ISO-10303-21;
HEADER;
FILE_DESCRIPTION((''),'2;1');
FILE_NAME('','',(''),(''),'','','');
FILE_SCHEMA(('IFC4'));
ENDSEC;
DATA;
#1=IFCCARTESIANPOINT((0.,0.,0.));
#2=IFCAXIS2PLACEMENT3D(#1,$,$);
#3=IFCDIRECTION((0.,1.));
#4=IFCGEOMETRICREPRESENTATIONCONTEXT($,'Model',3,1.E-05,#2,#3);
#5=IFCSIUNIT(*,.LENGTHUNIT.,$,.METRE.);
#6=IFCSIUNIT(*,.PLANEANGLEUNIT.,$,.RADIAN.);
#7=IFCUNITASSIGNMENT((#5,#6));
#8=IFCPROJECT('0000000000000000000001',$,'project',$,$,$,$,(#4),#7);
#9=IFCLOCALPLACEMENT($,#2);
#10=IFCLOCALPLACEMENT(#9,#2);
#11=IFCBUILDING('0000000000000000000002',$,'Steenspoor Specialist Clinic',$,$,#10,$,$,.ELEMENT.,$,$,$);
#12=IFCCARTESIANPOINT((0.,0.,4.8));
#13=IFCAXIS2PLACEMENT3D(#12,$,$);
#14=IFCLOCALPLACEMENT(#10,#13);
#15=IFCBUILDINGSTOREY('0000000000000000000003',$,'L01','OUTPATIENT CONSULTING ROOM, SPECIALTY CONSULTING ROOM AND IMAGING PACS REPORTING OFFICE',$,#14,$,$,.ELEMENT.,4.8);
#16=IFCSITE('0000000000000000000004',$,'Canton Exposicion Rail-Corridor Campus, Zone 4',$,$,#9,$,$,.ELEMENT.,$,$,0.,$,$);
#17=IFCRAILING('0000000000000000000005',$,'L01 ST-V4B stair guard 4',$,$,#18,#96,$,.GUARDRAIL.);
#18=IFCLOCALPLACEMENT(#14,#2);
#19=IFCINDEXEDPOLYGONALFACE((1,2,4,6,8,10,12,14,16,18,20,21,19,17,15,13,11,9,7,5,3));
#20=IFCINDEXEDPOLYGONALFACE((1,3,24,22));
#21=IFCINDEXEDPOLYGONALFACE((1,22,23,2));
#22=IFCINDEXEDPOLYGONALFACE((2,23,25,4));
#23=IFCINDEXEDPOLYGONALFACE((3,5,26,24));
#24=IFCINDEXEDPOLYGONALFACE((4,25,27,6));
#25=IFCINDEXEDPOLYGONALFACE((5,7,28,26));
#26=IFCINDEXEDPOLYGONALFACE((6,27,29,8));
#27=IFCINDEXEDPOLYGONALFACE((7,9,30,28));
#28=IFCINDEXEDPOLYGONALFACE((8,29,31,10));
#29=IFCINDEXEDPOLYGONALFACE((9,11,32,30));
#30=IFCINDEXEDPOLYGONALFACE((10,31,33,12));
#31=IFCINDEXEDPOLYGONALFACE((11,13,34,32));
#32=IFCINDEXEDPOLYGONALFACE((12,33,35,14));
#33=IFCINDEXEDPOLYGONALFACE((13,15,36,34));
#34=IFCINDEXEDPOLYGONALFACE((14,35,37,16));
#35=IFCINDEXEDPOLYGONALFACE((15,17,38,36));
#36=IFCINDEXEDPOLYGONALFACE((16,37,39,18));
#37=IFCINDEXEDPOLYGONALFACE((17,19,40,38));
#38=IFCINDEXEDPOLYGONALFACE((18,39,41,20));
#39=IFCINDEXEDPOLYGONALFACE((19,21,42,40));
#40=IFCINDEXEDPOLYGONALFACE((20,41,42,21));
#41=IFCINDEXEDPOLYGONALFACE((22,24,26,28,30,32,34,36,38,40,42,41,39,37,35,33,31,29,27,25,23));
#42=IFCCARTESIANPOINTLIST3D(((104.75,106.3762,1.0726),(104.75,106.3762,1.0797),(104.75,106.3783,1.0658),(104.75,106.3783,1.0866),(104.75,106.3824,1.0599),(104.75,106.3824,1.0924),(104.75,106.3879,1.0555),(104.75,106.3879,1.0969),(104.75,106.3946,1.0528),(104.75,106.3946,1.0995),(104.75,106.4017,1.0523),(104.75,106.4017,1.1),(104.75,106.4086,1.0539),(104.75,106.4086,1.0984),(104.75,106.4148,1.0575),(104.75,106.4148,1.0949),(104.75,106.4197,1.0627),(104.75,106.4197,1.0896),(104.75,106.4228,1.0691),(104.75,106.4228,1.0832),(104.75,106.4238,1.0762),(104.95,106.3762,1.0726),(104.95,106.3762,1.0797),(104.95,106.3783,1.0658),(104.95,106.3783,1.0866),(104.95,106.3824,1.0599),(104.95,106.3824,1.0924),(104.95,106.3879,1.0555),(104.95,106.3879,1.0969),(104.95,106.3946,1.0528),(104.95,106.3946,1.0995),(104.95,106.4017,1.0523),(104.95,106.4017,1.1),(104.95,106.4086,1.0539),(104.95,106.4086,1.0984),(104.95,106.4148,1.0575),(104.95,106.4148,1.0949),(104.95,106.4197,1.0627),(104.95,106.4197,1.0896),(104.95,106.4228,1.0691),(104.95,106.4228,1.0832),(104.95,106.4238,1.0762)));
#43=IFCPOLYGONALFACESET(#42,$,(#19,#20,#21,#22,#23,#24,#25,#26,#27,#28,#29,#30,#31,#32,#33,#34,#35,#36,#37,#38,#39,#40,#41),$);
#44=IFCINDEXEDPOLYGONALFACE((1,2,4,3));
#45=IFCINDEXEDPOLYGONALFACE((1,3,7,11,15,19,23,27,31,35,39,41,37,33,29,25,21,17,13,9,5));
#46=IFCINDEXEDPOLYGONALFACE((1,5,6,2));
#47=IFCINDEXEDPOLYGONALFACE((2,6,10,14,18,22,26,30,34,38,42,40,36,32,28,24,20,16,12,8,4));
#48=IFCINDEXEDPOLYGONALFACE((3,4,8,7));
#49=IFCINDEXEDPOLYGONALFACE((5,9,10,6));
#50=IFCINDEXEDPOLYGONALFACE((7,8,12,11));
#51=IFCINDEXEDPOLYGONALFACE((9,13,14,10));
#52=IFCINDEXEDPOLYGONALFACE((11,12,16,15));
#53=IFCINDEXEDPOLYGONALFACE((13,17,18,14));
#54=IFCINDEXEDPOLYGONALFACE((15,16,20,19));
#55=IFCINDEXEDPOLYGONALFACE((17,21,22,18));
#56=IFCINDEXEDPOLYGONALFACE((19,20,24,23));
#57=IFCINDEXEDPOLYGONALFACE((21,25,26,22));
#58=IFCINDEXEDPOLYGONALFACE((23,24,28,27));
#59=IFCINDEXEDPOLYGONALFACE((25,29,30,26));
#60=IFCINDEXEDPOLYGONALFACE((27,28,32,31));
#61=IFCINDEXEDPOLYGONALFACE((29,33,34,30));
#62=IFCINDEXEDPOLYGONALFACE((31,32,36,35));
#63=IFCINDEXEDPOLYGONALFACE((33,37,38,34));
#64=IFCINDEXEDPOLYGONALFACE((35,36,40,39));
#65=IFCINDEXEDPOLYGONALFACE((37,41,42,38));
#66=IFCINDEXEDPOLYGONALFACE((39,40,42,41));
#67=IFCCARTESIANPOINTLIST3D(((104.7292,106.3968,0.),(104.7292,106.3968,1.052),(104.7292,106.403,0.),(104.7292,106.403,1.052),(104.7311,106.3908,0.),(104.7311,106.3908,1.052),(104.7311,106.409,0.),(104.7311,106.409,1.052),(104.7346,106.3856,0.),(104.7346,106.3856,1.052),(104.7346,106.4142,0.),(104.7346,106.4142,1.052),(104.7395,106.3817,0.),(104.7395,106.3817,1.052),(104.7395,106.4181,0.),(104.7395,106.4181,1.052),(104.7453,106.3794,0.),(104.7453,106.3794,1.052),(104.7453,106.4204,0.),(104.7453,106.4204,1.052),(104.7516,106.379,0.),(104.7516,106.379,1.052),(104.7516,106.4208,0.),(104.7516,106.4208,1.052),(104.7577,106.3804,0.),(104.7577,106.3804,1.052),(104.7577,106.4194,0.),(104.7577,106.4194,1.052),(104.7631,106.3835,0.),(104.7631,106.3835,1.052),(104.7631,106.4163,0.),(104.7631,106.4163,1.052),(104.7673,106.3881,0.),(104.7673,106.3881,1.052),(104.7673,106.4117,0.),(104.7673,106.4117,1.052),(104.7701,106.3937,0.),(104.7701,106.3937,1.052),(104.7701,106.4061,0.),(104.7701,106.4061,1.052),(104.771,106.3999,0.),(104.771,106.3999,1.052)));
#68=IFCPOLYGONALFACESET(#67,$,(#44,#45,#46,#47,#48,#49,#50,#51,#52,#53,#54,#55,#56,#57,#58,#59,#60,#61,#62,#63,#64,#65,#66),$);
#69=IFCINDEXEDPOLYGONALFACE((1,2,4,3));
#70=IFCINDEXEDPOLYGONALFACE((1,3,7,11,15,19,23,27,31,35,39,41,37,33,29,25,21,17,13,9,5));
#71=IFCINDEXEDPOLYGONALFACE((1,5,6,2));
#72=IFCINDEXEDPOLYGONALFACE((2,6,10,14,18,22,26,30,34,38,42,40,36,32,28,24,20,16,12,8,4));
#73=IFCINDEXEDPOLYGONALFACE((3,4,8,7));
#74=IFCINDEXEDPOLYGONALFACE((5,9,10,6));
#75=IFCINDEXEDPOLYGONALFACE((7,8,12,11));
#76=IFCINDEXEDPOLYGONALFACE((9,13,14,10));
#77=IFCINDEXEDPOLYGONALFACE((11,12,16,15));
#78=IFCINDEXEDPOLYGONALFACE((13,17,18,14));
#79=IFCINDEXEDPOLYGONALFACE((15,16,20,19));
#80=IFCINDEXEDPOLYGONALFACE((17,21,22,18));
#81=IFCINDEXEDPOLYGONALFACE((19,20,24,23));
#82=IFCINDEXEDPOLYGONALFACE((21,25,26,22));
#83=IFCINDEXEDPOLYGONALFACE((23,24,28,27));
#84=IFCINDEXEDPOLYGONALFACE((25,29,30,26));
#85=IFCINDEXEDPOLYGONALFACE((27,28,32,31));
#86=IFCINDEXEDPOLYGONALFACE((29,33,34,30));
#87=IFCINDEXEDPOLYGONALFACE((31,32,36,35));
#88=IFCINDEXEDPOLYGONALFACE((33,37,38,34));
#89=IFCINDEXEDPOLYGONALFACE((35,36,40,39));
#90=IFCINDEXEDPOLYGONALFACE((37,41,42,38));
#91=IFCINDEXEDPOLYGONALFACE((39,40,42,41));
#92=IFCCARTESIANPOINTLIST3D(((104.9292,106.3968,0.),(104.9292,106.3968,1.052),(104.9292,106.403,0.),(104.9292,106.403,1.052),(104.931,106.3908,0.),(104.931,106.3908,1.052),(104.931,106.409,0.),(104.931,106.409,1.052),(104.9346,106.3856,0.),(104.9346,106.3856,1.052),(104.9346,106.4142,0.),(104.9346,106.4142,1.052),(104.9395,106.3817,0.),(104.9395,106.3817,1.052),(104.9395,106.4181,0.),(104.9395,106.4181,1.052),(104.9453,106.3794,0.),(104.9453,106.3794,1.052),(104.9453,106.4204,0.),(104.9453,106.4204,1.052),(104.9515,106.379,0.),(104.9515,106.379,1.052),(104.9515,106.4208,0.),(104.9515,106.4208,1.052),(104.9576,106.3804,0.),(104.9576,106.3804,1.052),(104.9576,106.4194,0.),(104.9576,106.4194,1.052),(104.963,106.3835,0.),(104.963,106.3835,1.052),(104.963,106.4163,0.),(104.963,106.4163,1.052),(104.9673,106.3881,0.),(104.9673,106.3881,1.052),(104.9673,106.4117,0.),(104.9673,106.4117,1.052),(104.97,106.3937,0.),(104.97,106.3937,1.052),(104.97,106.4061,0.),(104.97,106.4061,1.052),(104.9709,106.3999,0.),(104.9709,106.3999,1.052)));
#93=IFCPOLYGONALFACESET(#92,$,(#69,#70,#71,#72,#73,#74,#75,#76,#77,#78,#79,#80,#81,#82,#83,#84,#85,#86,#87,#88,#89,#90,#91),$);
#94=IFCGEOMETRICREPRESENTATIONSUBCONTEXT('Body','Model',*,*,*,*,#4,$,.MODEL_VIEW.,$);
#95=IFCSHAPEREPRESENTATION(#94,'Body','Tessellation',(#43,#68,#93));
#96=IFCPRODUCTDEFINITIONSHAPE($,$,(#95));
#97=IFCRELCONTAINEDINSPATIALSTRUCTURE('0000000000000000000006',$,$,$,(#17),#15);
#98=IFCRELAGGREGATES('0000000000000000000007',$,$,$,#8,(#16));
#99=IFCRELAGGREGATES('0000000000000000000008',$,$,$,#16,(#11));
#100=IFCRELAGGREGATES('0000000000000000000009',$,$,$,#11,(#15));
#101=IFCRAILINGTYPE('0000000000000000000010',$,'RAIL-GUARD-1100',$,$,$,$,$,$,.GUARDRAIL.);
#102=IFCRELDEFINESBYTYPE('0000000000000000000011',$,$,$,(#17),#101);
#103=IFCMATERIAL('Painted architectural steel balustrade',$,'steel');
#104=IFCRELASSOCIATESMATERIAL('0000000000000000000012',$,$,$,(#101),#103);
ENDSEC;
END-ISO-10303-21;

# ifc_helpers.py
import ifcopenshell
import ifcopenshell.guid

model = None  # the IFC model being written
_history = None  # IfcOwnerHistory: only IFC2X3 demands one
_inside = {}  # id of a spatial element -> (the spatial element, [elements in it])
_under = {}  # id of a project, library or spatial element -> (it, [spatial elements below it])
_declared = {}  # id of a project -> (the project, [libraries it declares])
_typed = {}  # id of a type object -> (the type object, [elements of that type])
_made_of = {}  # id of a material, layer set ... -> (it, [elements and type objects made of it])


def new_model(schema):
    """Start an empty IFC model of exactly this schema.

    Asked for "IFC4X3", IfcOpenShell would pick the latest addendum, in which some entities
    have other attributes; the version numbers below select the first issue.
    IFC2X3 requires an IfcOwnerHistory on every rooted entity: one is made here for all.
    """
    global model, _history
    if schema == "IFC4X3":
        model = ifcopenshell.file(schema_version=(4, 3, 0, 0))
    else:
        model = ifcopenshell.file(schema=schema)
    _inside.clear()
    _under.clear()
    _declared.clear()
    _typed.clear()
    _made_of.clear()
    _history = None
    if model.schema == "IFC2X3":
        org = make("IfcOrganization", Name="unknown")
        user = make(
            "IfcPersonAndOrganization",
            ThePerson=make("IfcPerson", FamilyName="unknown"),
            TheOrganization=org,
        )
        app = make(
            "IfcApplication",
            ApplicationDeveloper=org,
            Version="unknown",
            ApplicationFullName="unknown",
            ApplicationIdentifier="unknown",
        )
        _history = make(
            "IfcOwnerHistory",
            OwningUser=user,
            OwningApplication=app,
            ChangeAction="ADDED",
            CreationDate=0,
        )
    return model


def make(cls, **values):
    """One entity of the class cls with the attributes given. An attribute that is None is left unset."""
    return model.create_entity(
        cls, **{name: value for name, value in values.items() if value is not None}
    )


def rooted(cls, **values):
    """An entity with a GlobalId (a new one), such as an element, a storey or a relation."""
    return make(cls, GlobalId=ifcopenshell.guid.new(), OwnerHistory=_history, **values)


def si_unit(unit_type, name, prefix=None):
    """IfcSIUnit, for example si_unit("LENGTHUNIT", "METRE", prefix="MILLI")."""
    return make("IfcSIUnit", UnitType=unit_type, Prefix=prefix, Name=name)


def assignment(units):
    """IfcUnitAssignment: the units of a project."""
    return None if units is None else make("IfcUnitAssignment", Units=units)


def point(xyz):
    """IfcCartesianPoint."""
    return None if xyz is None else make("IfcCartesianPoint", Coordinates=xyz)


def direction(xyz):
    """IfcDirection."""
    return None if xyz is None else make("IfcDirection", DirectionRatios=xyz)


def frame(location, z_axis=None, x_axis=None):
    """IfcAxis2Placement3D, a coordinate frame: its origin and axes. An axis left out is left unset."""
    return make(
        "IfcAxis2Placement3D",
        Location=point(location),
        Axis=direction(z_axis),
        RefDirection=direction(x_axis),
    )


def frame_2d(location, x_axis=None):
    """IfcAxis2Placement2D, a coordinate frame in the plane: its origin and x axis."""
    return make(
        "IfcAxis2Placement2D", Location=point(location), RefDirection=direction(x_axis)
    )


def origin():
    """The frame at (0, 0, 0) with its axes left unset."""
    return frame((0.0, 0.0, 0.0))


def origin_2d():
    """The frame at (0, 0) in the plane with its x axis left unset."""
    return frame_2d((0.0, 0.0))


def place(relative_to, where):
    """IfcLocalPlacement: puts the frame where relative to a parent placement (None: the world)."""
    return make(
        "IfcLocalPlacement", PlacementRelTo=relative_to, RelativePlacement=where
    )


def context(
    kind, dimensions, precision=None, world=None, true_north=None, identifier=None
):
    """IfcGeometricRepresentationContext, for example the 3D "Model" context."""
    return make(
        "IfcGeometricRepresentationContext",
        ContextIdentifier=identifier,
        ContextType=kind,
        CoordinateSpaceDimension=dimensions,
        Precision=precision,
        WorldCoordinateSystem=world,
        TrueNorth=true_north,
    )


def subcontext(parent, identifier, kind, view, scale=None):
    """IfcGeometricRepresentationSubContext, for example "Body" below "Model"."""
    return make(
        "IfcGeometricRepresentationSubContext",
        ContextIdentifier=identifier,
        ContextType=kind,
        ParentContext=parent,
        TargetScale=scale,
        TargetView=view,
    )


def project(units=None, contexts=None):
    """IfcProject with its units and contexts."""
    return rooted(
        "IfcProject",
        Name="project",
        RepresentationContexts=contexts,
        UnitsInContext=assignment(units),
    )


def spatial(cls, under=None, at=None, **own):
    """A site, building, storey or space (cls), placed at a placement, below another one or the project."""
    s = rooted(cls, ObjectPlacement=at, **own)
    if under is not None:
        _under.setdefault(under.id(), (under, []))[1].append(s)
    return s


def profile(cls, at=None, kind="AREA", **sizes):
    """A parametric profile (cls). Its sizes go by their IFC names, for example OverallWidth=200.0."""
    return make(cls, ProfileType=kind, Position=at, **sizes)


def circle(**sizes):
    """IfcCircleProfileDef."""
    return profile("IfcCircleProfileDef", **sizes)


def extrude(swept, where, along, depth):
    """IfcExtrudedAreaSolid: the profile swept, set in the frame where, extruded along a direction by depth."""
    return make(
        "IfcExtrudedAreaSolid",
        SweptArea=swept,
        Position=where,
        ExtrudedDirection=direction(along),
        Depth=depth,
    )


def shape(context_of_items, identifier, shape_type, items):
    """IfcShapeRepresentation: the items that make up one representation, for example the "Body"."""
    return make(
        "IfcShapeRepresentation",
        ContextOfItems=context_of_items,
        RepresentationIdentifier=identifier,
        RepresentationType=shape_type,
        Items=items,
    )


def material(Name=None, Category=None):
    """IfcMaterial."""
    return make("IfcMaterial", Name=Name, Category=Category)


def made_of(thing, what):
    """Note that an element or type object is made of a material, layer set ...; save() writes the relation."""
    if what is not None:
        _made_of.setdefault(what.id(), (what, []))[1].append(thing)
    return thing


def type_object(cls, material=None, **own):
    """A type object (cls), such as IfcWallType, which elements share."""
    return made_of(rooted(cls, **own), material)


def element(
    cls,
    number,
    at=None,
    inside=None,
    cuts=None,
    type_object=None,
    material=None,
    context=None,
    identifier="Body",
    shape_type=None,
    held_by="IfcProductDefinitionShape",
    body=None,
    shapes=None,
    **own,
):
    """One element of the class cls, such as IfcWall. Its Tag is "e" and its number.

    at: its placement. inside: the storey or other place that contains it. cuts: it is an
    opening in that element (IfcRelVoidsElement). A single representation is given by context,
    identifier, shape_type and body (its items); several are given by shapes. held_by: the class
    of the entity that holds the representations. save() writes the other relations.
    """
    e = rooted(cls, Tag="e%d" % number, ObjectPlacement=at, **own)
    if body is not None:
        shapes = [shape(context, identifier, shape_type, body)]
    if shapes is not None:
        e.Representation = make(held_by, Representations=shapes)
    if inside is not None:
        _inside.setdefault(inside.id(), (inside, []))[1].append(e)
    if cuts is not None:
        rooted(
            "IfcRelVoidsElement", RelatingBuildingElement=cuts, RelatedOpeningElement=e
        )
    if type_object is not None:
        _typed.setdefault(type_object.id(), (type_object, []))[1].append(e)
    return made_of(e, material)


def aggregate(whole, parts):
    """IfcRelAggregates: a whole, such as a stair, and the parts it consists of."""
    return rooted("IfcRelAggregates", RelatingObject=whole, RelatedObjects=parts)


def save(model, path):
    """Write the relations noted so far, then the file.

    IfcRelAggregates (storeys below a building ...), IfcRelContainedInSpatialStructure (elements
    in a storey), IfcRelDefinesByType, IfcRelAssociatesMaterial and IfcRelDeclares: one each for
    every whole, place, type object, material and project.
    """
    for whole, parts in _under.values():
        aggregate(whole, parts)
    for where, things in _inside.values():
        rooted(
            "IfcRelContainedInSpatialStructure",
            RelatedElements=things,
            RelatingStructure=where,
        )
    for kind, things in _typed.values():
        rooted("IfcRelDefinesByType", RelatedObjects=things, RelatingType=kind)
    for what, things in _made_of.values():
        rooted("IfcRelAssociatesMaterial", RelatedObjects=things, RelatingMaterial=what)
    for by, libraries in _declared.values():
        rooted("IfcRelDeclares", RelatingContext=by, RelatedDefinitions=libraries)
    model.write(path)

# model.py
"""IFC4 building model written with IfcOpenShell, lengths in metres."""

from ifc_helpers import new_model, si_unit, direction, frame, origin, origin_2d, place, context, subcontext, project, spatial, circle, extrude, material, type_object, element, save


model = new_model("IFC4")

# Units and contexts
model_context = context("Model", 3, precision=1e-05, world=origin(), true_north=direction((0.0, 1.0)))
body_context = subcontext(model_context, "Body", "Model", "MODEL_VIEW")
ifc_project = project(units=[si_unit("LENGTHUNIT", "METRE"), si_unit("PLANEANGLEUNIT", "RADIAN")], contexts=[model_context])

# Site, building, storey
site_placement = place(None, origin())
site = spatial("IfcSite", under=ifc_project, at=site_placement, Name="Canton Exposicion Rail-Corridor Campus, Zone 4", CompositionType="ELEMENT", RefElevation=0.0)
building_placement = place(site_placement, origin())
building = spatial("IfcBuilding", under=site, at=building_placement, Name="Steenspoor Specialist Clinic", CompositionType="ELEMENT")
storey_placement = place(building_placement, frame((0.0, 0.0, 4.8)))
storey = spatial("IfcBuildingStorey", under=building, at=storey_placement, Name="L01", Description="OUTPATIENT CONSULTING ROOM, SPECIALTY CONSULTING ROOM AND IMAGING PACS REPORTING OFFICE", CompositionType="ELEMENT", Elevation=4.8)

# Railing
ifc_material_1 = material(Name="Painted architectural steel balustrade", Category="steel")
railing_type_1 = type_object("IfcRailingType", Name="RAIL-GUARD-1100", PredefinedType="GUARDRAIL", material=ifc_material_1)
railing_1_placement = place(storey_placement, frame((104.75, 106.3999, 0.0)))
element("IfcRailing", 1, at=railing_1_placement, inside=storey, type_object=railing_type_1, Name="L01 ST-V4B stair guard 4", PredefinedType="GUARDRAIL", context=body_context, shape_type="SweptSolid", body=[
    extrude(circle(Radius=0.0239, at=origin_2d()), frame((0.0, 0.0, 1.0762), z_axis=(1.0, 0.0, 0.0), x_axis=(0.0, 1.0, 0.0)), (0.0, 0.0, 1.0), 0.2),
    extrude(circle(Radius=0.021, at=origin_2d()), origin(), (0.0, 0.0, 1.0), 1.052),
    extrude(circle(Radius=0.021, at=origin_2d()), frame((0.2, 0.0, 0.0)), (0.0, 0.0, 1.0), 1.052),
])

save(model, "model.ifc")
